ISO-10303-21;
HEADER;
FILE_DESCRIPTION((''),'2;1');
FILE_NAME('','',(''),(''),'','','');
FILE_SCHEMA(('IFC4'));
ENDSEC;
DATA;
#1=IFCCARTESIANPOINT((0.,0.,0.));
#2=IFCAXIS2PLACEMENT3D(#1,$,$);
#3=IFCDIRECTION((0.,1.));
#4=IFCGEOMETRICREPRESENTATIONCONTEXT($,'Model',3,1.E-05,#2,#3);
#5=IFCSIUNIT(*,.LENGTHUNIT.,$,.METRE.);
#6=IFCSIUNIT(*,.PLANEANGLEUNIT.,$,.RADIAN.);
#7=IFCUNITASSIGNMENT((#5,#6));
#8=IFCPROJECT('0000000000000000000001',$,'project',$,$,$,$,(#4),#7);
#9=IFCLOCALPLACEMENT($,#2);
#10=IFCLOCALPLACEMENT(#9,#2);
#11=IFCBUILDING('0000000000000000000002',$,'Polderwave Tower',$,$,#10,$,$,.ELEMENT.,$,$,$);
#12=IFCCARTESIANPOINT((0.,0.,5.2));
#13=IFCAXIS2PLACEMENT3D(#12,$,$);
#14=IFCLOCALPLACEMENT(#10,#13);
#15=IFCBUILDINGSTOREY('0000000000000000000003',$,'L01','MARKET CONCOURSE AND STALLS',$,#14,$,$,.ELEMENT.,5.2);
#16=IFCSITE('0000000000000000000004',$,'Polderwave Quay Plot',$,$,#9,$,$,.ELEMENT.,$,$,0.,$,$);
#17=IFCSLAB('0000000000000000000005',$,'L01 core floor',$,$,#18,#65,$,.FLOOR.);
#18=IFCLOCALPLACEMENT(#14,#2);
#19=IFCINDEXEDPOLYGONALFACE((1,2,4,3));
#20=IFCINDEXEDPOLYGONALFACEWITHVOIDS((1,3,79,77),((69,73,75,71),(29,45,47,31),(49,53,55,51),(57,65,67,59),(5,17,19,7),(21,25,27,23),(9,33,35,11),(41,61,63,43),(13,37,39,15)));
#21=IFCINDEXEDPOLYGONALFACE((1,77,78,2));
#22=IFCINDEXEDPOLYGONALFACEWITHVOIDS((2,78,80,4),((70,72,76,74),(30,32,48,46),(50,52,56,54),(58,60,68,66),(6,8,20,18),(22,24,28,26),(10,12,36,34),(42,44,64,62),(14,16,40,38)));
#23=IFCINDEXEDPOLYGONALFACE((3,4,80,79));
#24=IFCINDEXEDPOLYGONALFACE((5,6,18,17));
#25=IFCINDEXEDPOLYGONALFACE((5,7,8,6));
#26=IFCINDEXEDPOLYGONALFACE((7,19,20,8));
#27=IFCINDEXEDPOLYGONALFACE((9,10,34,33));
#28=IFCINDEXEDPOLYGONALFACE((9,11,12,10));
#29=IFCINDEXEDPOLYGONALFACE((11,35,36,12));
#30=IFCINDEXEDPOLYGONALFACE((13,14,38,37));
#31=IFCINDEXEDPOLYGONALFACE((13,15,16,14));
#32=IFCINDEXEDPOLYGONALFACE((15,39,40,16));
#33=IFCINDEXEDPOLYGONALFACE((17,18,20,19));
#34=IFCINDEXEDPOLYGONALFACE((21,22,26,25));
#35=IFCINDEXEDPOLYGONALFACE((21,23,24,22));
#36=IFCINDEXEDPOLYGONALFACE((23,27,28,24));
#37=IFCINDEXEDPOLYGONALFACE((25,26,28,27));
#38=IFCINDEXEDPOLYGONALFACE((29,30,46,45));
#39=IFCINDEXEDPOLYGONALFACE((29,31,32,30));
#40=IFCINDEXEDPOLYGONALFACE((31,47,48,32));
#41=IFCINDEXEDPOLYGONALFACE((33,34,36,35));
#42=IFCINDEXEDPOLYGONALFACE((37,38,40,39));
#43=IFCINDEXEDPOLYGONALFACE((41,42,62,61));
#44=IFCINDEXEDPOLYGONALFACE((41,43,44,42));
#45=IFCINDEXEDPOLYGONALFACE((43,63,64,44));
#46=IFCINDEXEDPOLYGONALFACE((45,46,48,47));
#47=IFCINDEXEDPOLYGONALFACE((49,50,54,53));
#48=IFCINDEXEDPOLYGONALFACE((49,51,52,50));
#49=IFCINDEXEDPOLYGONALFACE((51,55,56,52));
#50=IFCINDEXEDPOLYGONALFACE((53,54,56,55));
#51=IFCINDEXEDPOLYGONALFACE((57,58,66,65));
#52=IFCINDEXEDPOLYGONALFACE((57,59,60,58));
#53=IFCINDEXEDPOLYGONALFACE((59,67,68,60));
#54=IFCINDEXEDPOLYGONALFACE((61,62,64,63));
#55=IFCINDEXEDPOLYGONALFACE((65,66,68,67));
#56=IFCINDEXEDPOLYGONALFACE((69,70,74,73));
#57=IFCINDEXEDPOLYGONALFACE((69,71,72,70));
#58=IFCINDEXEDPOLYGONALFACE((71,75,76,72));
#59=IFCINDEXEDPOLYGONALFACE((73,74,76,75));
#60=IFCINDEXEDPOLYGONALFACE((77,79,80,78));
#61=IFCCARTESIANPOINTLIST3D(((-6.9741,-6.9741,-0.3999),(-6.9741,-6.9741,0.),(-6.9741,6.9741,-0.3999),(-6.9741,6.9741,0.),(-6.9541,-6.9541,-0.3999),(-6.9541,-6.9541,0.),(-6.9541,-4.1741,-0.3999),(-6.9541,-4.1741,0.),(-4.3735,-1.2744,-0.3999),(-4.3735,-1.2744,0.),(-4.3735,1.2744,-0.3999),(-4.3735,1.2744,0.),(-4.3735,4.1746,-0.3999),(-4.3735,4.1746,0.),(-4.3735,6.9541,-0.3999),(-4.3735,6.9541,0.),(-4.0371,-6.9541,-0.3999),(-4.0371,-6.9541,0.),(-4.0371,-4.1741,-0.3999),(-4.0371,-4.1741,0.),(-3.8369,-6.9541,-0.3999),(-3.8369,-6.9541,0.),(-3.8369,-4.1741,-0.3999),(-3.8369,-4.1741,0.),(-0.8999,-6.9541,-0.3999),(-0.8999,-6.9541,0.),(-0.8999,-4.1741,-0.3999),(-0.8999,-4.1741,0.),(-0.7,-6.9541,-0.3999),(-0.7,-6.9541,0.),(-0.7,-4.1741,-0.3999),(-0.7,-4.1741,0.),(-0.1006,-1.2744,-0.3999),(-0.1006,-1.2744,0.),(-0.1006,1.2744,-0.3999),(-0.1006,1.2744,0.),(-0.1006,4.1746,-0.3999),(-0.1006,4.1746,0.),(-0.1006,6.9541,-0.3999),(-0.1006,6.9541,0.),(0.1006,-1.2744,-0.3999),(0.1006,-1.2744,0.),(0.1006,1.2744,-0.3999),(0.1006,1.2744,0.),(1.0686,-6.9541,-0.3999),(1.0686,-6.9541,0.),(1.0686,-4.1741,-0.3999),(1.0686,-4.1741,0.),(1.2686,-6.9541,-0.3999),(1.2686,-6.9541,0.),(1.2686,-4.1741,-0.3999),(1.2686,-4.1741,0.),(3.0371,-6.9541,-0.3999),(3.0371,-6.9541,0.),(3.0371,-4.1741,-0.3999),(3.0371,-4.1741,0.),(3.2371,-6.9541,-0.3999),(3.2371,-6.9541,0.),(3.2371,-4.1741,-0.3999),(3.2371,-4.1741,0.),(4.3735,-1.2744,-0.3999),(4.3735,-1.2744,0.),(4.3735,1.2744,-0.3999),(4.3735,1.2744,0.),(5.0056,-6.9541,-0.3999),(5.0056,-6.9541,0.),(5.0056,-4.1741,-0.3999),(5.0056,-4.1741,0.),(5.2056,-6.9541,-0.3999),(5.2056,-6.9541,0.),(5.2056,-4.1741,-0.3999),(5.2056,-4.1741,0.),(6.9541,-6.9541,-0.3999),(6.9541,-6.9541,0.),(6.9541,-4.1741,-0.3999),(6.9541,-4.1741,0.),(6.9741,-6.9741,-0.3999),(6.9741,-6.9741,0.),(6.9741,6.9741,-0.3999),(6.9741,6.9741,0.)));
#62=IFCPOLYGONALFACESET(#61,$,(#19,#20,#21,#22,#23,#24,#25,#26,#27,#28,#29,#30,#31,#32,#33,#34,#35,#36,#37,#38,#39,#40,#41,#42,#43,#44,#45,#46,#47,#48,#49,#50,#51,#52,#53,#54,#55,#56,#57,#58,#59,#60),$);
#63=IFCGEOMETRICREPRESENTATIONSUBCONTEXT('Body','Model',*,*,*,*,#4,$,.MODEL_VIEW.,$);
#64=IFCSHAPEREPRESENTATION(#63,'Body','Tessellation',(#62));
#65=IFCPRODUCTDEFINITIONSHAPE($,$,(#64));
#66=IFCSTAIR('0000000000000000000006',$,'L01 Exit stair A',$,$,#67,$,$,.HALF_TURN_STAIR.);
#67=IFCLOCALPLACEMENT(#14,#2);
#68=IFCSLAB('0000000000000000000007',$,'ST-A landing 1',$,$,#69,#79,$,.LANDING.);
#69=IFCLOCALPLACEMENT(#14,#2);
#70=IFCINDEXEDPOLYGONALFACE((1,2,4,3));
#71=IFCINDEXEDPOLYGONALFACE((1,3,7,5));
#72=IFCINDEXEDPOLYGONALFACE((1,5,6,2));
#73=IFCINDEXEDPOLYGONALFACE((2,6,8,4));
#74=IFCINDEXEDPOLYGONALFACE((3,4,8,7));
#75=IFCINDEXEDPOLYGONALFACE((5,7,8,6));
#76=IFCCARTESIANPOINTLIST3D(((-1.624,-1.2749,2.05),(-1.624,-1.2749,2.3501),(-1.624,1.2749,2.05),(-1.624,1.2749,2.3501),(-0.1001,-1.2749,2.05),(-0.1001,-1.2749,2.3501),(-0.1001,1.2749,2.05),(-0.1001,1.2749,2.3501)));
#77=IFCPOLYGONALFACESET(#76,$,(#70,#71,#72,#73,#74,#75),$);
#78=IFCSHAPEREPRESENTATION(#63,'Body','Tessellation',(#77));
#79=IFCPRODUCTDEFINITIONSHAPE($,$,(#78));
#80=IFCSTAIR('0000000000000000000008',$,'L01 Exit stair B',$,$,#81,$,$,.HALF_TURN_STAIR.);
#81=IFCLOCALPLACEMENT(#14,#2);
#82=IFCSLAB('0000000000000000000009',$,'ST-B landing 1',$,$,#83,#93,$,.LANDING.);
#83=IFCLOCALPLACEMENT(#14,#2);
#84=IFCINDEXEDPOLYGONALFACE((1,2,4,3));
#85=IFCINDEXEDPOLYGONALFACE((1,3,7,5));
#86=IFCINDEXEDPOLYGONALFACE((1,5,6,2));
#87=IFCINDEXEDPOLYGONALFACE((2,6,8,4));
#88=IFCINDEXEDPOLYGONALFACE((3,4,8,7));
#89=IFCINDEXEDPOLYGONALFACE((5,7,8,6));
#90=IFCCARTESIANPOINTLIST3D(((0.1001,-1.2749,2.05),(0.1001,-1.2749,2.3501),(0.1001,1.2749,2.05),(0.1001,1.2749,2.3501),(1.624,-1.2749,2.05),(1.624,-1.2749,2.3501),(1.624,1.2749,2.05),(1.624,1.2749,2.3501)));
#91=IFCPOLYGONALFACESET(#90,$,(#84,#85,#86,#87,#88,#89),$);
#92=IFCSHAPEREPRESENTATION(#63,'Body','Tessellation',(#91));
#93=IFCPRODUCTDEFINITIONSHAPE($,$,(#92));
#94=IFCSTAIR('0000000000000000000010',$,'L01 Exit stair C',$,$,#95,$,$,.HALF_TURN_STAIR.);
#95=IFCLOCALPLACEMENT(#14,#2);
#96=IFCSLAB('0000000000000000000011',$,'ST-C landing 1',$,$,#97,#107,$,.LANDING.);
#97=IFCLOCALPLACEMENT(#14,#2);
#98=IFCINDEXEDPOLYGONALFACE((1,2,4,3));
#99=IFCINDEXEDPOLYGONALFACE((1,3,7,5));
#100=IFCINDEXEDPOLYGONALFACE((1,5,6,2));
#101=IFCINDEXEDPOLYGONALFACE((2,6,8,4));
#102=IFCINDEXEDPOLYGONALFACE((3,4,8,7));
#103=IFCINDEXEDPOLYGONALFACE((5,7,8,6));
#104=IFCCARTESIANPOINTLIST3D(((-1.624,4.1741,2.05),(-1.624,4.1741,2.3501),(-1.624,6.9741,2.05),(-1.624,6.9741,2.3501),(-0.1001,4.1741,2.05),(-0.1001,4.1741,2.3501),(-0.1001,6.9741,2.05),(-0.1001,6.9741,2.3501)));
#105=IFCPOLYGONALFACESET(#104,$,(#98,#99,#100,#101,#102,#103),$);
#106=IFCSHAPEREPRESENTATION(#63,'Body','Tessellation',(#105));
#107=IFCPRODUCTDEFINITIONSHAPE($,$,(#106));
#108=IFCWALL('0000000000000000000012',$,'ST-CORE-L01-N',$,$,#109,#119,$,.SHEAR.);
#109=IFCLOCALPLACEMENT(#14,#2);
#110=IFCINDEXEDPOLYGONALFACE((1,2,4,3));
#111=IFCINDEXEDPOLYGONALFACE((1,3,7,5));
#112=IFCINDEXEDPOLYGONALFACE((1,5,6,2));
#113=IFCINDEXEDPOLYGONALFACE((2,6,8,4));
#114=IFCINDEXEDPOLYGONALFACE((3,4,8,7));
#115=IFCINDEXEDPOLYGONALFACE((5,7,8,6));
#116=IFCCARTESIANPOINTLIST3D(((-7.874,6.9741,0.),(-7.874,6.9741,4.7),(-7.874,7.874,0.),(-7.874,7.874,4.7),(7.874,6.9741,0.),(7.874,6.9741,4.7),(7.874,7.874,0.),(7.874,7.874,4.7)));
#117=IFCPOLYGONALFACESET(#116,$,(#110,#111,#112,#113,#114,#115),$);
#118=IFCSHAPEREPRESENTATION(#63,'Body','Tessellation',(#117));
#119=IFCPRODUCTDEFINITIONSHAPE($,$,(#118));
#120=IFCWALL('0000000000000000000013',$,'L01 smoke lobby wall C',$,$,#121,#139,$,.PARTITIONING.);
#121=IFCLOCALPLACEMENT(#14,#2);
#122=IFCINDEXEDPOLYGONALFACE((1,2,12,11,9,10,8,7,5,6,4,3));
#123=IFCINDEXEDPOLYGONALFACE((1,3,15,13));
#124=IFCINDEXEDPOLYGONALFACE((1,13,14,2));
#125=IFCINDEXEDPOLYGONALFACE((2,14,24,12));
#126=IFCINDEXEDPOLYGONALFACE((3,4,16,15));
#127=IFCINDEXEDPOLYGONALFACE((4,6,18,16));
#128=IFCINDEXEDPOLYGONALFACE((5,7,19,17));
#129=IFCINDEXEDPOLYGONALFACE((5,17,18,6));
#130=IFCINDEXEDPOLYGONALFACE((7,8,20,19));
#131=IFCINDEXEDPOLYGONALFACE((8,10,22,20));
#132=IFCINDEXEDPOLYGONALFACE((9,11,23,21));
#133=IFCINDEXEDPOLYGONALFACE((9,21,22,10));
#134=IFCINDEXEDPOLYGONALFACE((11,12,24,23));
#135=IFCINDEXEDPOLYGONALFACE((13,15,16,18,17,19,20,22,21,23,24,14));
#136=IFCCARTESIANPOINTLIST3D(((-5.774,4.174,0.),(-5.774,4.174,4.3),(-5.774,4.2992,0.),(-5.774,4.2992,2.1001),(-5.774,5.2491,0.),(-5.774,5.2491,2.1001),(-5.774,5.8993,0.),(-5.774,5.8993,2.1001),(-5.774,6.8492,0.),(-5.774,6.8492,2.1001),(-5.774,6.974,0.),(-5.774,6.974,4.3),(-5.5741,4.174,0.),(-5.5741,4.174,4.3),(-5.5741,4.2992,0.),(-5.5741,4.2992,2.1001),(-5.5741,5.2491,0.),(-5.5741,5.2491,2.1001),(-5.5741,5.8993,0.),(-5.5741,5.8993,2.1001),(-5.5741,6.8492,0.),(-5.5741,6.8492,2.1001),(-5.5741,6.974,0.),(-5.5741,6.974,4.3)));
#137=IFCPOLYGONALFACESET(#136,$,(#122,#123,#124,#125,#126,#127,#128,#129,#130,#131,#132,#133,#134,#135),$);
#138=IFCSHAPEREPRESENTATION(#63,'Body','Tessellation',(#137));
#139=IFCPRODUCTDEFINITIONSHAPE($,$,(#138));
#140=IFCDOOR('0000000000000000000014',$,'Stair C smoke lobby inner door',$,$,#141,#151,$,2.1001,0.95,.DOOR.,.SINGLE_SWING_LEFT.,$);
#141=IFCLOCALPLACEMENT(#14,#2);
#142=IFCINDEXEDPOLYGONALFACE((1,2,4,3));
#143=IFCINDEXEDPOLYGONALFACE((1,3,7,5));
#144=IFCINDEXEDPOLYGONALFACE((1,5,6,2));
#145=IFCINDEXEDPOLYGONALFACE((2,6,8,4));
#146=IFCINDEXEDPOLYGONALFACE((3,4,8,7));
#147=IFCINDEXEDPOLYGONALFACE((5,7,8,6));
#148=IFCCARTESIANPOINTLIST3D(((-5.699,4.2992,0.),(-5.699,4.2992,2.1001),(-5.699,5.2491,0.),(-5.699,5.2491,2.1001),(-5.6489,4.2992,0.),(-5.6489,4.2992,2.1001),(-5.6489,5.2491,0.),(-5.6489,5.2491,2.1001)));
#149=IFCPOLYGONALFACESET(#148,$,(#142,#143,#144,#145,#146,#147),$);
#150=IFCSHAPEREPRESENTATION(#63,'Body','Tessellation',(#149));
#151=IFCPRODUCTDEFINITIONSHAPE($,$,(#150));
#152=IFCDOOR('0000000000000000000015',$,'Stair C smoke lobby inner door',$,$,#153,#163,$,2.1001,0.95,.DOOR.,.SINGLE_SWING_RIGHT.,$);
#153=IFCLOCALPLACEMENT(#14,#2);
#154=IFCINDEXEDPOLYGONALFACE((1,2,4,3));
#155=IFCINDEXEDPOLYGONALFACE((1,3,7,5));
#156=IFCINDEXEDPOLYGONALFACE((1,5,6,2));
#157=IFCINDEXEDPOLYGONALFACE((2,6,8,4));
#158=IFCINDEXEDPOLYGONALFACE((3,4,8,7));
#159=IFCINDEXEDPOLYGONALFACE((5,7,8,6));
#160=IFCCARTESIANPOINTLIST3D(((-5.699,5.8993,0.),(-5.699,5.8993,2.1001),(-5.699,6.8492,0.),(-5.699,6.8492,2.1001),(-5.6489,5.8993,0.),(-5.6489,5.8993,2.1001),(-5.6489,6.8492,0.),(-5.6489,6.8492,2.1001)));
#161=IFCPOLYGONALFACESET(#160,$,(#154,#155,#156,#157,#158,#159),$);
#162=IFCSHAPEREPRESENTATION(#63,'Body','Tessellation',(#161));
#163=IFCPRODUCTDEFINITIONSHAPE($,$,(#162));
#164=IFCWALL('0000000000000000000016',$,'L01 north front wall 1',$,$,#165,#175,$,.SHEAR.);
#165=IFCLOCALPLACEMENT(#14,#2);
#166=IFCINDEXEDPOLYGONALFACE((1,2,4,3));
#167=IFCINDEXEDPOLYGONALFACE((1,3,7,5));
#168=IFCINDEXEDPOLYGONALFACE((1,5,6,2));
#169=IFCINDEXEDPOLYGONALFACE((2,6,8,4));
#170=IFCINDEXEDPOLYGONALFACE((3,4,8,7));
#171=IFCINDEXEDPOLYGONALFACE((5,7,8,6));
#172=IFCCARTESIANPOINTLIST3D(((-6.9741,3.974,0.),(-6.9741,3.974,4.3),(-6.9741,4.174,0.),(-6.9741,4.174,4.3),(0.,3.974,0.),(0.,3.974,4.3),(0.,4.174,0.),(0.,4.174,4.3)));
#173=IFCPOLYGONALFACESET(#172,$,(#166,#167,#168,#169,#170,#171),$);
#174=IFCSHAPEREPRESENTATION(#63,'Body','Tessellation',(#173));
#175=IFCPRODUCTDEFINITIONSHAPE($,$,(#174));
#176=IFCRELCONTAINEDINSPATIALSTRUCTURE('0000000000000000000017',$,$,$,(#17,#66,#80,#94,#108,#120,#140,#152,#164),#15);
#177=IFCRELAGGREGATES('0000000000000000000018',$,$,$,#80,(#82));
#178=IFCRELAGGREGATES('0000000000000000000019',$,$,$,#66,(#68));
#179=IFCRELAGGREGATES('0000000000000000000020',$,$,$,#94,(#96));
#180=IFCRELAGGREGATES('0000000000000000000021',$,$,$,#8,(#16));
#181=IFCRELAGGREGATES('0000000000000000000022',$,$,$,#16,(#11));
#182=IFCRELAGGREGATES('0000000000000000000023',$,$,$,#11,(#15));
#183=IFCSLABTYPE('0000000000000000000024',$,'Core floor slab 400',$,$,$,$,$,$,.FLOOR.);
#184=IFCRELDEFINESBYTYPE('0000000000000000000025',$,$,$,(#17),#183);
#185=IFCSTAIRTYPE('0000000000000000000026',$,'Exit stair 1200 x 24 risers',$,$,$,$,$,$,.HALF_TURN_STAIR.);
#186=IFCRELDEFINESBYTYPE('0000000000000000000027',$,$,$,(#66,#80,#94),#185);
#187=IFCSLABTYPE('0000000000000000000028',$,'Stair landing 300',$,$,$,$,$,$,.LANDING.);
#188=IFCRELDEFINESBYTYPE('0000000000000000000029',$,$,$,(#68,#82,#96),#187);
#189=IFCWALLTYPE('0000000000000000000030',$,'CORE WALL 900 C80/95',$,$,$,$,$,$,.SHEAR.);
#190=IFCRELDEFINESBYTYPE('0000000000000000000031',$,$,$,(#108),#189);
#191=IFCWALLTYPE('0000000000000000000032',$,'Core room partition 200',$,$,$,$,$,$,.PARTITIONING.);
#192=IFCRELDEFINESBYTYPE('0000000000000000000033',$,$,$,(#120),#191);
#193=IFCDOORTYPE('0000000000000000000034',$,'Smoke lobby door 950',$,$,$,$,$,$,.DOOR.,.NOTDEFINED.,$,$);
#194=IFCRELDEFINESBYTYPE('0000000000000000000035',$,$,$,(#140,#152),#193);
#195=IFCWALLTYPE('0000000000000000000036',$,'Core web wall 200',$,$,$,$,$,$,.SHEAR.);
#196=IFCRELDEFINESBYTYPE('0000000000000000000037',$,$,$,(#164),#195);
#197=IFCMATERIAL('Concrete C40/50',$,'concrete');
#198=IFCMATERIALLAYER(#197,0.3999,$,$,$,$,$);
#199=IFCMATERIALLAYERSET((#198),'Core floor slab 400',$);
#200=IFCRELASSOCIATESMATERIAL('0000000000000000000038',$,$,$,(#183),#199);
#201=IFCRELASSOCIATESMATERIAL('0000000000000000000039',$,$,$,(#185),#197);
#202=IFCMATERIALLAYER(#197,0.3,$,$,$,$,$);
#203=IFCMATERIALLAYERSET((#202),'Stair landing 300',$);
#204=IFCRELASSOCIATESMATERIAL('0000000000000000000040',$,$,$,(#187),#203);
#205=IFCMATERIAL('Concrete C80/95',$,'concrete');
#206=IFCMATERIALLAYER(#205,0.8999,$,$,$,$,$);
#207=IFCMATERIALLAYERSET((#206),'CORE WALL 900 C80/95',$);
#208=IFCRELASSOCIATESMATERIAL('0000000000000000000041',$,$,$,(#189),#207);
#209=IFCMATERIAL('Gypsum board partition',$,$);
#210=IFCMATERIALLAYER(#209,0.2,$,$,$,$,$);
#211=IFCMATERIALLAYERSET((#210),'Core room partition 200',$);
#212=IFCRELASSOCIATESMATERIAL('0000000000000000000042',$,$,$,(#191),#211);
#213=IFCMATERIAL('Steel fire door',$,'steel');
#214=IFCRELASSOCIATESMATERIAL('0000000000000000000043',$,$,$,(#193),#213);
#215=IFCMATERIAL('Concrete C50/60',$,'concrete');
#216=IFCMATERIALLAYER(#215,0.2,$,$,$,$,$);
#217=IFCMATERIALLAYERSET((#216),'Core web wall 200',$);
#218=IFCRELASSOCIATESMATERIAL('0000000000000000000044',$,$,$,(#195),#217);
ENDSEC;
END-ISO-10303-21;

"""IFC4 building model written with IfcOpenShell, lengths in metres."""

from ifc_helpers import new_model, si_unit, direction, frame, frame_2d, origin, place, context, subcontext, project, spatial, polyline, rectangle, outline, extrude, material, layer, layer_set, type_object, element, fill, aggregate, save


model = new_model("IFC4")

# Units and contexts
model_context = context("Model", 3, precision=1e-05, world=origin(), true_north=direction((0.0, 1.0)))
body_context = subcontext(model_context, "Body", "Model", "MODEL_VIEW")
ifc_project = project(units=[si_unit("LENGTHUNIT", "METRE"), si_unit("PLANEANGLEUNIT", "RADIAN")], contexts=[model_context])

# Site, building, storey
site_placement = place(None, origin())
site = spatial("IfcSite", under=ifc_project, at=site_placement, Name="Polderwave Quay Plot", CompositionType="ELEMENT", RefElevation=0.0)
building_placement = place(site_placement, origin())
building = spatial("IfcBuilding", under=site, at=building_placement, Name="Polderwave Tower", CompositionType="ELEMENT")
storey_placement = place(building_placement, frame((0.0, 0.0, 5.2)))
storey = spatial("IfcBuildingStorey", under=building, at=storey_placement, Name="L01", Description="MARKET CONCOURSE AND STALLS", CompositionType="ELEMENT", Elevation=5.2)

# Slab
ifc_material_1 = material(Name="Concrete C40/50", Category="concrete")
ifc_layer_1 = layer(ifc_material_1, 0.3999)
ifc_layer_set_1 = layer_set([ifc_layer_1], Name="Core floor slab 400")
slab_type_1 = type_object("IfcSlabType", Name="Core floor slab 400", PredefinedType="FLOOR", material=ifc_layer_set_1)
slab_1_placement = place(storey_placement, frame((0.0, 0.0, -0.3999)))
element("IfcSlab", 1, at=slab_1_placement, inside=storey, type_object=slab_type_1, Name="L01 core floor", PredefinedType="FLOOR", context=body_context, shape_type="SweptSolid", body=[
    extrude(outline(polyline([(-6.9741, -6.9741), (6.9741, -6.9741), (6.9741, 6.9741), (-6.9741, 6.9741), (-6.9741, -6.9741)]), holes=[polyline([(-6.9541, -6.9541), (-4.0371, -6.9541), (-4.0371, -4.1741), (-6.9541, -4.1741), (-6.9541, -6.9541)]), polyline([(-3.8369, -6.9541), (-0.8999, -6.9541), (-0.8999, -4.1741), (-3.8369, -4.1741), (-3.8369, -6.9541)]), polyline([(-0.7, -6.9541), (1.0686, -6.9541), (1.0686, -4.1741), (-0.7, -4.1741), (-0.7, -6.9541)]), polyline([(1.2686, -6.9541), (3.0371, -6.9541), (3.0371, -4.1741), (1.2686, -4.1741), (1.2686, -6.9541)]), polyline([(3.2371, -6.9541), (5.0056, -6.9541), (5.0056, -4.1741), (3.2371, -4.1741), (3.2371, -6.9541)]), polyline([(5.2056, -6.9541), (6.9541, -6.9541), (6.9541, -4.1741), (5.2056, -4.1741), (5.2056, -6.9541)]), polyline([(-4.3735, -1.2744), (-0.1006, -1.2744), (-0.1006, 1.2744), (-4.3735, 1.2744), (-4.3735, -1.2744)]), polyline([(0.1006, -1.2744), (4.3735, -1.2744), (4.3735, 1.2744), (0.1006, 1.2744), (0.1006, -1.2744)]), polyline([(-4.3735, 4.1746), (-0.1006, 4.1746), (-0.1006, 6.9541), (-4.3735, 6.9541), (-4.3735, 4.1746)])]), origin(), (0.0, 0.0, 1.0), 0.3999),
])

# Stairs, slabs
stair_type = type_object("IfcStairType", Name="Exit stair 1200 x 24 risers", PredefinedType="HALF_TURN_STAIR", material=ifc_material_1)
stair_1_placement = place(storey_placement, origin())
stair_1 = element("IfcStair", 2, at=stair_1_placement, inside=storey, type_object=stair_type, Name="L01 Exit stair A", PredefinedType="HALF_TURN_STAIR")
ifc_layer_2 = layer(ifc_material_1, 0.3)
ifc_layer_set_2 = layer_set([ifc_layer_2], Name="Stair landing 300")
slab_type_2 = type_object("IfcSlabType", Name="Stair landing 300", PredefinedType="LANDING", material=ifc_layer_set_2)
slab_2_placement = place(storey_placement, frame((0.0, 0.0, 2.05)))
slab_2 = element("IfcSlab", 3, at=slab_2_placement, type_object=slab_type_2, Name="ST-A landing 1", PredefinedType="LANDING", context=body_context, shape_type="SweptSolid", body=[
    extrude(outline(polyline([(-1.624, -1.2749), (-0.1001, -1.2749), (-0.1001, 1.2749), (-1.624, 1.2749), (-1.624, -1.2749)])), origin(), (0.0, 0.0, 1.0), 0.3),
])
stair_2_placement = place(storey_placement, origin())
stair_2 = element("IfcStair", 4, at=stair_2_placement, inside=storey, type_object=stair_type, Name="L01 Exit stair B", PredefinedType="HALF_TURN_STAIR")
slab_3_placement = place(storey_placement, frame((0.0, 0.0, 2.05)))
slab_3 = element("IfcSlab", 5, at=slab_3_placement, type_object=slab_type_2, Name="ST-B landing 1", PredefinedType="LANDING", context=body_context, shape_type="SweptSolid", body=[
    extrude(outline(polyline([(1.624, 1.2749), (0.1001, 1.2749), (0.1001, -1.2749), (1.624, -1.2749), (1.624, 1.2749)])), origin(), (0.0, 0.0, 1.0), 0.3),
])
aggregate(stair_2, [slab_3])
stair_3_placement = place(storey_placement, origin())
stair_3 = element("IfcStair", 6, at=stair_3_placement, inside=storey, type_object=stair_type, Name="L01 Exit stair C", PredefinedType="HALF_TURN_STAIR")
slab_4_placement = place(storey_placement, frame((0.0, 0.0, 2.05)))
slab_4 = element("IfcSlab", 7, at=slab_4_placement, type_object=slab_type_2, Name="ST-C landing 1", PredefinedType="LANDING", context=body_context, shape_type="SweptSolid", body=[
    extrude(outline(polyline([(-1.624, 4.1741), (-0.1001, 4.1741), (-0.1001, 6.9741), (-1.624, 6.9741), (-1.624, 4.1741)])), origin(), (0.0, 0.0, 1.0), 0.3),
])

# Wall
ifc_material_2 = material(Name="Concrete C80/95", Category="concrete")
ifc_layer_3 = layer(ifc_material_2, 0.8999)
ifc_layer_set_3 = layer_set([ifc_layer_3], Name="CORE WALL 900 C80/95")
wall_type_1 = type_object("IfcWallType", Name="CORE WALL 900 C80/95", PredefinedType="SHEAR", material=ifc_layer_set_3)
wall_1_placement = place(storey_placement, frame((-7.874, 7.4241, 0.0), z_axis=(0.0, 0.0, 1.0), x_axis=(1.0, 0.0, 0.0)))
element("IfcWall", 8, at=wall_1_placement, inside=storey, type_object=wall_type_1, Name="ST-CORE-L01-N", PredefinedType="SHEAR", context=body_context, shape_type="SweptSolid", body=[
    extrude(rectangle(XDim=15.748, YDim=0.8999, at=frame_2d((7.874, 0.0))), origin(), (0.0, 0.0, 1.0), 4.7),
])

# Wall, openings, doors
ifc_material_3 = material(Name="Gypsum board partition")
ifc_layer_4 = layer(ifc_material_3, 0.2)
ifc_layer_set_4 = layer_set([ifc_layer_4], Name="Core room partition 200")
wall_type_2 = type_object("IfcWallType", Name="Core room partition 200", PredefinedType="PARTITIONING", material=ifc_layer_set_4)
wall_2_placement = place(storey_placement, frame((-5.6741, 4.1741, 0.0), z_axis=(0.0, 0.0, 1.0), x_axis=(0.0, 1.0, 0.0)))
wall_2 = element("IfcWall", 9, at=wall_2_placement, inside=storey, type_object=wall_type_2, Name="L01 smoke lobby wall C", PredefinedType="PARTITIONING", context=body_context, shape_type="SweptSolid", body=[
    extrude(rectangle(XDim=2.8, YDim=0.2, at=frame_2d((1.3999, 0.0))), origin(), (0.0, 0.0, 1.0), 4.3),
])
opening_1_placement = place(wall_2_placement, frame((0.125, 0.0, 0.0)))
opening_1 = element("IfcOpeningElement", 10, at=opening_1_placement, cuts=wall_2, PredefinedType="OPENING", context=body_context, shape_type="SweptSolid", body=[
    extrude(rectangle(XDim=0.95, YDim=2.1001, at=frame_2d((0.4751, 1.05))), frame((0.0, 0.1099, 0.0), z_axis=(0.0, -1.0, 0.0), x_axis=(1.0, 0.0, 0.0)), (0.0, 0.0, 1.0), 0.22),
])
opening_2_placement = place(wall_2_placement, frame((1.7251, 0.0, 0.0)))
opening_2 = element("IfcOpeningElement", 11, at=opening_2_placement, cuts=wall_2, PredefinedType="OPENING", context=body_context, shape_type="SweptSolid", body=[
    extrude(rectangle(XDim=0.95, YDim=2.1001, at=frame_2d((0.4751, 1.05))), frame((0.0, 0.1099, 0.0), z_axis=(0.0, -1.0, 0.0), x_axis=(1.0, 0.0, 0.0)), (0.0, 0.0, 1.0), 0.22),
])
ifc_material_4 = material(Name="Steel fire door", Category="steel")
door_type_1 = type_object("IfcDoorType", Name="Smoke lobby door 950", OperationType="NOTDEFINED", PredefinedType="DOOR", material=ifc_material_4)
door_1_placement = place(opening_1_placement, origin())
door_1 = element("IfcDoor", 12, at=door_1_placement, inside=storey, type_object=door_type_1, Name="Stair C smoke lobby inner door", OperationType="SINGLE_SWING_LEFT", OverallHeight=2.1001, OverallWidth=0.95, PredefinedType="DOOR", context=body_context, shape_type="SweptSolid", body=[
    extrude(rectangle(XDim=0.95, YDim=2.1001, at=frame_2d((0.4751, 1.05))), frame((0.0, 0.0249, 0.0), z_axis=(0.0, -1.0, 0.0), x_axis=(1.0, 0.0, 0.0)), (0.0, 0.0, 1.0), 0.05),
])
fill(opening_1, door_1)
door_2_placement = place(opening_2_placement, origin())
door_2 = element("IfcDoor", 13, at=door_2_placement, inside=storey, type_object=door_type_1, Name="Stair C smoke lobby inner door", OperationType="SINGLE_SWING_RIGHT", OverallHeight=2.1001, OverallWidth=0.95, PredefinedType="DOOR", context=body_context, shape_type="SweptSolid", body=[
    extrude(rectangle(XDim=0.95, YDim=2.1001, at=frame_2d((0.4751, 1.05))), frame((0.0, 0.0249, 0.0), z_axis=(0.0, -1.0, 0.0), x_axis=(1.0, 0.0, 0.0)), (0.0, 0.0, 1.0), 0.05),
])
fill(opening_2, door_2)

# Wall
ifc_material_5 = material(Name="Concrete C50/60", Category="concrete")
ifc_layer_5 = layer(ifc_material_5, 0.2)
ifc_layer_set_5 = layer_set([ifc_layer_5], Name="Core web wall 200")
wall_type_3 = type_object("IfcWallType", Name="Core web wall 200", PredefinedType="SHEAR", material=ifc_layer_set_5)
wall_3_placement = place(storey_placement, frame((-6.9741, 4.074, 0.0), z_axis=(0.0, 0.0, 1.0), x_axis=(1.0, 0.0, 0.0)))
element("IfcWall", 14, at=wall_3_placement, inside=storey, type_object=wall_type_3, Name="L01 north front wall 1", PredefinedType="SHEAR", context=body_context, shape_type="SweptSolid", body=[
    extrude(rectangle(XDim=6.9741, YDim=0.2, at=frame_2d((3.4871, 0.0))), origin(), (0.0, 0.0, 1.0), 4.3),
])

aggregate(stair_1, [slab_2])
aggregate(stair_3, [slab_4])

save(model, "model.ifc")
